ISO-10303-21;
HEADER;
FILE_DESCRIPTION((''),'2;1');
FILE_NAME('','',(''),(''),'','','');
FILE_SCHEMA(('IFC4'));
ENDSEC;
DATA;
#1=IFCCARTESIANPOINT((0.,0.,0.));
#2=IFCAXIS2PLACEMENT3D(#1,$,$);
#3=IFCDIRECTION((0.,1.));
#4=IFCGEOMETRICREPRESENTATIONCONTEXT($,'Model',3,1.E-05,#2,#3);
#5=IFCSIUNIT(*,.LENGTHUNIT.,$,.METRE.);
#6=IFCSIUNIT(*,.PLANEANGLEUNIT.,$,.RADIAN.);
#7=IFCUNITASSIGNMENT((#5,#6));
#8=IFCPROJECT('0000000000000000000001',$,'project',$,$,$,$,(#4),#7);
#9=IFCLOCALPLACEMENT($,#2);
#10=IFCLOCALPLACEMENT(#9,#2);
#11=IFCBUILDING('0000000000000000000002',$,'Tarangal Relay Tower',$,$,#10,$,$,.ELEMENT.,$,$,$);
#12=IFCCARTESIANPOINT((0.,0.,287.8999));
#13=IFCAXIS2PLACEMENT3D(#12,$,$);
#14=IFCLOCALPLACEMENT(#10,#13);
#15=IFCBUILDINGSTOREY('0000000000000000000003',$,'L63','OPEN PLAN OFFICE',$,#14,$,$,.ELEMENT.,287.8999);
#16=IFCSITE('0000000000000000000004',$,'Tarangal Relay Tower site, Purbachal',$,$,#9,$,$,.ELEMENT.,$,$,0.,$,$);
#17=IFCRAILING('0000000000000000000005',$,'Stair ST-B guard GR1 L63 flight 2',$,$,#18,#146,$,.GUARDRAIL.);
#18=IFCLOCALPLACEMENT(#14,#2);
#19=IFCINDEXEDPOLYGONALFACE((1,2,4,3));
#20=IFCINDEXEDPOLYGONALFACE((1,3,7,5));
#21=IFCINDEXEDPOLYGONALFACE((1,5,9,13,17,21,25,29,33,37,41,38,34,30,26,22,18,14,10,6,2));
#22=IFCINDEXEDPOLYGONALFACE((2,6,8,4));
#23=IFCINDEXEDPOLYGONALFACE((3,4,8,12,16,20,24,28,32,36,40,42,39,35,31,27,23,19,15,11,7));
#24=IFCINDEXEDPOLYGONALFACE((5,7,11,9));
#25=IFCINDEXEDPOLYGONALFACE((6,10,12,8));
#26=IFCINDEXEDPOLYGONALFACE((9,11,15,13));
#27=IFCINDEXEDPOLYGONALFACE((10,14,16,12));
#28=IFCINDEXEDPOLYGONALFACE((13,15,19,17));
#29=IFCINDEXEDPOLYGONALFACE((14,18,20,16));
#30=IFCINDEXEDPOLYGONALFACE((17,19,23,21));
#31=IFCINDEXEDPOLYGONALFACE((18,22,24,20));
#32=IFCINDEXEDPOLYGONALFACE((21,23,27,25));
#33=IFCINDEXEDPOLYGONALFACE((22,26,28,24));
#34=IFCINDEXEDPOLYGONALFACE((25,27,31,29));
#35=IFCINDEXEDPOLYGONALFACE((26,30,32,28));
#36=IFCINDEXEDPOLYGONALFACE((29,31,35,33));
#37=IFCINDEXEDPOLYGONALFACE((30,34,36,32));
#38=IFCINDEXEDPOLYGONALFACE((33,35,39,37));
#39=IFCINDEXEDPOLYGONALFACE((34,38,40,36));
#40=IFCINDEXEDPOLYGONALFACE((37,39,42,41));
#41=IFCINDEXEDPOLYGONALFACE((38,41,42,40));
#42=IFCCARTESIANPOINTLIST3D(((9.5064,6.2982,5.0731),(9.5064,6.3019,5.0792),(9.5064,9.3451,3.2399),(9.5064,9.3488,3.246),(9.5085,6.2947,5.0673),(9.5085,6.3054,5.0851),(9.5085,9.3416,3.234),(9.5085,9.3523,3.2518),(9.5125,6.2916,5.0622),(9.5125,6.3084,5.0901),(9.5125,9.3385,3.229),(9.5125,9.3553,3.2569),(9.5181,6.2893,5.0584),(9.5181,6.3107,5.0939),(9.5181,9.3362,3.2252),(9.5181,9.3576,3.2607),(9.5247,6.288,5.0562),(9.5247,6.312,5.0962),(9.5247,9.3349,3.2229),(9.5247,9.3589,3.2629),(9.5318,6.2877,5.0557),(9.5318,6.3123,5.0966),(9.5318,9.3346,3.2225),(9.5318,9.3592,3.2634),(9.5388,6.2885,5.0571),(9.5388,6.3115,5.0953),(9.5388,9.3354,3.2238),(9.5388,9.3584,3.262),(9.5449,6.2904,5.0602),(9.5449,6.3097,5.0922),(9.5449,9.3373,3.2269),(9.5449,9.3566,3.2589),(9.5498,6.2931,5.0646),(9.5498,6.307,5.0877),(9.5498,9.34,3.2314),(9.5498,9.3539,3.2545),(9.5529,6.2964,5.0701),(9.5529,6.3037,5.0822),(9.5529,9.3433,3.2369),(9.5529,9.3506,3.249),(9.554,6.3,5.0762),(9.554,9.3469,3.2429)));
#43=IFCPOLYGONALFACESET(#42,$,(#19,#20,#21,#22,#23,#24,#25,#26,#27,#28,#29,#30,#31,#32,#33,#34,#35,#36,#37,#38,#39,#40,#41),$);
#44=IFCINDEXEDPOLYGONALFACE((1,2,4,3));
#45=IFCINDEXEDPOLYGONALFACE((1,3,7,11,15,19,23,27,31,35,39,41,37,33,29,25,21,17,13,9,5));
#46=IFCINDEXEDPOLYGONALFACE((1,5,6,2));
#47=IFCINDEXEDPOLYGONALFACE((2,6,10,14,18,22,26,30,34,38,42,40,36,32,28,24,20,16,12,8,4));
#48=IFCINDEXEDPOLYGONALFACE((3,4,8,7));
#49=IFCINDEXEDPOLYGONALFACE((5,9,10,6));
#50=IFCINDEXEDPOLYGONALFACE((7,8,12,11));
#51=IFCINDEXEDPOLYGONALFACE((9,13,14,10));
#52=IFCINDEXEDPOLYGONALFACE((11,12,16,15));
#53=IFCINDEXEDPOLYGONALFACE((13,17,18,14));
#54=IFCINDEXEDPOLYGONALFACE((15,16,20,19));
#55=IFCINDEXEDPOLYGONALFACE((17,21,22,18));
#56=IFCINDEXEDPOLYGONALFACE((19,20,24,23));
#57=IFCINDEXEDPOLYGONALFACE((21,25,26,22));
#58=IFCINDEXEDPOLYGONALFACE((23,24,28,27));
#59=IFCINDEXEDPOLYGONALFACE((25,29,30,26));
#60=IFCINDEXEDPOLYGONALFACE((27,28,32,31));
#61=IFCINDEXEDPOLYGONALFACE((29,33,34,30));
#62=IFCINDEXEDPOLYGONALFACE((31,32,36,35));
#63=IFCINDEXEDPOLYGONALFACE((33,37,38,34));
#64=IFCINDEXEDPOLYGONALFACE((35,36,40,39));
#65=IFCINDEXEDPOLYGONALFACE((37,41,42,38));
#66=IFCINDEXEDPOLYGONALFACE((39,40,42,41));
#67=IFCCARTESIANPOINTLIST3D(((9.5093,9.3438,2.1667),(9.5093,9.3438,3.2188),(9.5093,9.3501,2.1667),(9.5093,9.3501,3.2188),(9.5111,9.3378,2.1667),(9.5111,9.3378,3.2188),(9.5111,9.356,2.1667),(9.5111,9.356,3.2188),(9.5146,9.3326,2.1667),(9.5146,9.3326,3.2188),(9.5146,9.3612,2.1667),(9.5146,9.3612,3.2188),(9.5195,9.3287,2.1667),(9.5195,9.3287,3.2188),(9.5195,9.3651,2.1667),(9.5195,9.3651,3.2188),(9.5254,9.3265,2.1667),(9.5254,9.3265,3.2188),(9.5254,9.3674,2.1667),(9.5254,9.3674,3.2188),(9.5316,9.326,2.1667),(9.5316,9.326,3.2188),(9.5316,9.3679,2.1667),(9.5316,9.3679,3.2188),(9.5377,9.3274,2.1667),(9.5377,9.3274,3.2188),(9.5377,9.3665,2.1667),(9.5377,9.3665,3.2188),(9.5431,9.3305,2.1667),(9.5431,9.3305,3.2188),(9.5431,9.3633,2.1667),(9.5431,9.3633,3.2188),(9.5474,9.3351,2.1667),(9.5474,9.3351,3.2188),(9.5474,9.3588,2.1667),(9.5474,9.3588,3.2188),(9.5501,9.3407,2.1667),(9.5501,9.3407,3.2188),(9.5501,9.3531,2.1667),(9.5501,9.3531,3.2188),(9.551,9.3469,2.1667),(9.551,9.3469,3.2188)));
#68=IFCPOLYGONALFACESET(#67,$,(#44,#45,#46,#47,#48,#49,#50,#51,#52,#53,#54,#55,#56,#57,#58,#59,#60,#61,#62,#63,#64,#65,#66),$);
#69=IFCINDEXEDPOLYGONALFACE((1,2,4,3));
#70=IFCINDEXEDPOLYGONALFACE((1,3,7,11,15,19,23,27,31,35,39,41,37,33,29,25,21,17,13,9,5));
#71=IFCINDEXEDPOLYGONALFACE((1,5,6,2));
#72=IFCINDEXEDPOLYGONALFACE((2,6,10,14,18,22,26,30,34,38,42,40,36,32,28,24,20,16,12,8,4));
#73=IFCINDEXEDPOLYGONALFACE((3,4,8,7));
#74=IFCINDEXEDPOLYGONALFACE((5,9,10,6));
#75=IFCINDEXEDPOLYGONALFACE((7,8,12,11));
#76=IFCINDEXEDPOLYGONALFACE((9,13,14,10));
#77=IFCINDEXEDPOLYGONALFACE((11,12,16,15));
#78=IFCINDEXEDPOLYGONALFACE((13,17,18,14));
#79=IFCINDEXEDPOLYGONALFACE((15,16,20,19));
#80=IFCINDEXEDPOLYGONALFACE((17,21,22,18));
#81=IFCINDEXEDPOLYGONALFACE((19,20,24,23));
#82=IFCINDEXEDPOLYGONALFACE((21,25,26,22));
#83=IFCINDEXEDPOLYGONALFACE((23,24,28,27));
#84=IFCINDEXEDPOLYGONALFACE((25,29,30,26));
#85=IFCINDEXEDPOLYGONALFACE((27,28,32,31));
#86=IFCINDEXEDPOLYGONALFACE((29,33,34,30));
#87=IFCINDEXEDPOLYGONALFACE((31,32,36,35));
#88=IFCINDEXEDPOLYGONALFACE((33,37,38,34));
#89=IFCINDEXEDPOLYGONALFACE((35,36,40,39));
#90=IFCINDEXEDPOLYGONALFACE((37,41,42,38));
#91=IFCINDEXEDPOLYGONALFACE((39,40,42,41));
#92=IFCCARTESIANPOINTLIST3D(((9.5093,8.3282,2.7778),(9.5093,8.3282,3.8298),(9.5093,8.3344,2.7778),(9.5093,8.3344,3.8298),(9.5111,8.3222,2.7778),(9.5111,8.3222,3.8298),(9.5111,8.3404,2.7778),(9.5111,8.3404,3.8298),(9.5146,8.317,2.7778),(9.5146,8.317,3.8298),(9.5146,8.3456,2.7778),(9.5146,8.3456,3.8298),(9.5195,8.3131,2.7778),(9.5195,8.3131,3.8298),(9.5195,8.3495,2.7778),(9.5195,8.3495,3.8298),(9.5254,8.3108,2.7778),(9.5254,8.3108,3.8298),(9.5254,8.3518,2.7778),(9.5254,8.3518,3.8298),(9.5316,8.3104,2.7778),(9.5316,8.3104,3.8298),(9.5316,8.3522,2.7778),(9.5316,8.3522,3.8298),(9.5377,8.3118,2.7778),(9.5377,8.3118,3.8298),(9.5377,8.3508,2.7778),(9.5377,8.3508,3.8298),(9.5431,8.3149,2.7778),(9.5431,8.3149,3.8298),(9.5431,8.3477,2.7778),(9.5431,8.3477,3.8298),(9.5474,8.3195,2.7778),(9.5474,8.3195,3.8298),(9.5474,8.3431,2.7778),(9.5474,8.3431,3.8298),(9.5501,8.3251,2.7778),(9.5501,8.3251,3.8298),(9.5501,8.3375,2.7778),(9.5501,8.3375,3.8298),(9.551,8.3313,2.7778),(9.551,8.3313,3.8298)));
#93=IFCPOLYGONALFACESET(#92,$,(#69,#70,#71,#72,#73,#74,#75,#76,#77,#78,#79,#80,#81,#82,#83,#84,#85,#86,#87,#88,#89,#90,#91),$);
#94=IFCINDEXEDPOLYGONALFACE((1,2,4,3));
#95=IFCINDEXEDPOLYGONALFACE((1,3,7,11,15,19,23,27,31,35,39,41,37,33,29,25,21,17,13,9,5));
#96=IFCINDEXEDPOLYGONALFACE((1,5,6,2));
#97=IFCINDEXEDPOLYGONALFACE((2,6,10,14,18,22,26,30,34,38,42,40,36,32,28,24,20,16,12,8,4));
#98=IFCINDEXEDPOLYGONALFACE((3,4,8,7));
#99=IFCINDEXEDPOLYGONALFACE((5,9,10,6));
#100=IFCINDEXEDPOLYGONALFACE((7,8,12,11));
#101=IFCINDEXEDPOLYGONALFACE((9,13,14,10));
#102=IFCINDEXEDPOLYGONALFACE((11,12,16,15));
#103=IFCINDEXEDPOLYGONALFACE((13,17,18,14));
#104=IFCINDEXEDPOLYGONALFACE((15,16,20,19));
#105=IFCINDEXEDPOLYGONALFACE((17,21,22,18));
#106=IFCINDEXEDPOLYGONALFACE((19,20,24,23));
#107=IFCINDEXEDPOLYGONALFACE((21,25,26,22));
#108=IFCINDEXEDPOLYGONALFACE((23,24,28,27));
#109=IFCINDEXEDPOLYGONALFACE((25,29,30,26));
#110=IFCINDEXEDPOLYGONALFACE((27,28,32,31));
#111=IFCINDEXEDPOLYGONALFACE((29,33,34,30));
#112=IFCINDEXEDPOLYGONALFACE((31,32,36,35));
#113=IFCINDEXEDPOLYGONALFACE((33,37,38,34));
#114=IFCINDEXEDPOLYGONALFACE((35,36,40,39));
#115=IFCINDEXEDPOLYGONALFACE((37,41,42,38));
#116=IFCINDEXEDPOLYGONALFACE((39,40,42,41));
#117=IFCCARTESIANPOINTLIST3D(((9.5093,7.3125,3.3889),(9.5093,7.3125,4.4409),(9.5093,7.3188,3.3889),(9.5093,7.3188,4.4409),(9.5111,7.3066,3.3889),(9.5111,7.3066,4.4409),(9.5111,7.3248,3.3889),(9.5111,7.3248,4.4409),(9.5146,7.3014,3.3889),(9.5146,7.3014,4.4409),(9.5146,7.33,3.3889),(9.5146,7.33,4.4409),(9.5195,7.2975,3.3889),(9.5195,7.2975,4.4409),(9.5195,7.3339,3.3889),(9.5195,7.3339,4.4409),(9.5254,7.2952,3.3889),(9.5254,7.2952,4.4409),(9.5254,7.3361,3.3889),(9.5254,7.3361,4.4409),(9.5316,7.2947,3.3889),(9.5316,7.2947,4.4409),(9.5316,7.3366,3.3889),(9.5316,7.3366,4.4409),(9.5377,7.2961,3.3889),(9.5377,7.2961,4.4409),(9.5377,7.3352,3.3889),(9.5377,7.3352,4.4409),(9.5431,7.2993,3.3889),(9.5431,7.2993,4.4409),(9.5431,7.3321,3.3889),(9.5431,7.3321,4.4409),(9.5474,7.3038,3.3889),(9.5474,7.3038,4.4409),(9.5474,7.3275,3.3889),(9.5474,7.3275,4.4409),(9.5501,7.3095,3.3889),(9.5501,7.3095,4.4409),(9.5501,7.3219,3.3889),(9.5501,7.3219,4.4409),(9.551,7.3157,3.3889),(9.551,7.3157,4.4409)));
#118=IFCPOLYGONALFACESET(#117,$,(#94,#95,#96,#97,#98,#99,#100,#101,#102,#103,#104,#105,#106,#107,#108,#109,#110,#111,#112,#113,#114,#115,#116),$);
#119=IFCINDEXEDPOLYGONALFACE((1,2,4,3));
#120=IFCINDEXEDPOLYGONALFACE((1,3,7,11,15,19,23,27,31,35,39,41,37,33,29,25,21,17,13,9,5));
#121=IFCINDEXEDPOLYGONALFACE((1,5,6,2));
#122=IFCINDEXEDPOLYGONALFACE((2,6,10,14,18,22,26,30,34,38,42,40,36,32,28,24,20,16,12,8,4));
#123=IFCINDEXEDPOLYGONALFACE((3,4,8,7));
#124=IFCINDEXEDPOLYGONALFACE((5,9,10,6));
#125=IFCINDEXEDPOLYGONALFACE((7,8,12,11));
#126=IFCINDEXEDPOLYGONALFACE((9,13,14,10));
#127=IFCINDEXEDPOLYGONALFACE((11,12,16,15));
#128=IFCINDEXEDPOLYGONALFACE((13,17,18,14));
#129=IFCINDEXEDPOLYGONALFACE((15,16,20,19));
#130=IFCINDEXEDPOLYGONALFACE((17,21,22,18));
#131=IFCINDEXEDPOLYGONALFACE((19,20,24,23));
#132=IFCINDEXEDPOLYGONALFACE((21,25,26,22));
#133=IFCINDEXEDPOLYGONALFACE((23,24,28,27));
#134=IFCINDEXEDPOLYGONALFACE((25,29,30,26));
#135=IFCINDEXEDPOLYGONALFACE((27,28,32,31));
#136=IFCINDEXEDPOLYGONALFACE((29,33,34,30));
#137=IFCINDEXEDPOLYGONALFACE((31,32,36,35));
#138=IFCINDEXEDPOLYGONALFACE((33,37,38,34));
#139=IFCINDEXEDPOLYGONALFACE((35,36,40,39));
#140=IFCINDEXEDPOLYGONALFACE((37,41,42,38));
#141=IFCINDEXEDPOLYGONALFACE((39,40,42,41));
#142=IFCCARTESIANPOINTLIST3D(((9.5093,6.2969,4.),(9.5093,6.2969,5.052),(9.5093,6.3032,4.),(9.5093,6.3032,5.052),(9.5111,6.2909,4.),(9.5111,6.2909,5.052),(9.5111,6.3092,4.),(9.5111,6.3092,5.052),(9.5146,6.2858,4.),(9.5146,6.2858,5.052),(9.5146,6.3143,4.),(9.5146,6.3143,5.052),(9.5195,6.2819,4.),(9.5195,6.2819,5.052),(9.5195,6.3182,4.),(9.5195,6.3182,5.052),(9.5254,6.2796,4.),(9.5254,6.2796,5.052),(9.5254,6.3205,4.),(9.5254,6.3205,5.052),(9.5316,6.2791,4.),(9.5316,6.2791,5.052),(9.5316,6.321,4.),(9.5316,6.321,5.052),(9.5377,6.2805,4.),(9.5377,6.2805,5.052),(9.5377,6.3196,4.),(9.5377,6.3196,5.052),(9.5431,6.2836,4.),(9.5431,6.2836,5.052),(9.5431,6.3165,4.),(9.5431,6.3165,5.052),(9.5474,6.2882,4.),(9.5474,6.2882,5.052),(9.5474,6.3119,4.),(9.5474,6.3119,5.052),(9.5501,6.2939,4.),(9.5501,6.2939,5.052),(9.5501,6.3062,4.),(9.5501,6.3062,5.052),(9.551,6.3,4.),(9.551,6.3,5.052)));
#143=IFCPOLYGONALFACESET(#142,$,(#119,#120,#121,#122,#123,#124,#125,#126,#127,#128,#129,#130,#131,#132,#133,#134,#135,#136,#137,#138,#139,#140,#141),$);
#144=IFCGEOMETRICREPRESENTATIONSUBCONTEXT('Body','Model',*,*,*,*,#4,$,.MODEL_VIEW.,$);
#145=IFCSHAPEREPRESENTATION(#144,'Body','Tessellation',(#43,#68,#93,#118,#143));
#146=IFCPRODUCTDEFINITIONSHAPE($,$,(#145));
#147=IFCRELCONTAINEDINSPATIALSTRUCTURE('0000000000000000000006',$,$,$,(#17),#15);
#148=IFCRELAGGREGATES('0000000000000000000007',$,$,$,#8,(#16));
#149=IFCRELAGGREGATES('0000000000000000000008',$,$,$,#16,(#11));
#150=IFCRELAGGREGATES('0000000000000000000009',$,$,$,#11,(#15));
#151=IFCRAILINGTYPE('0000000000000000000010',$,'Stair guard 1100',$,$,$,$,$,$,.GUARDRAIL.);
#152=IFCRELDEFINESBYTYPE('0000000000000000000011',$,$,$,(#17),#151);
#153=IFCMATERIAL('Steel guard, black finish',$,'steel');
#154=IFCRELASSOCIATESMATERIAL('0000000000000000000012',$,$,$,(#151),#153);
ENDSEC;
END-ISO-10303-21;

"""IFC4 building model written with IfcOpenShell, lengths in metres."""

from ifc_helpers import new_model, si_unit, direction, frame, origin, origin_2d, place, context, subcontext, project, spatial, circle, extrude, material, type_object, element, save


model = new_model("IFC4")

# Units and contexts
model_context = context("Model", 3, precision=1e-05, world=origin(), true_north=direction((0.0, 1.0)))
body_context = subcontext(model_context, "Body", "Model", "MODEL_VIEW")
ifc_project = project(units=[si_unit("LENGTHUNIT", "METRE"), si_unit("PLANEANGLEUNIT", "RADIAN")], contexts=[model_context])

# Site, building, storey
site_placement = place(None, origin())
site = spatial("IfcSite", under=ifc_project, at=site_placement, Name="Tarangal Relay Tower site, Purbachal", CompositionType="ELEMENT", RefElevation=0.0)
building_placement = place(site_placement, origin())
building = spatial("IfcBuilding", under=site, at=building_placement, Name="Tarangal Relay Tower", CompositionType="ELEMENT")
storey_placement = place(building_placement, frame((0.0, 0.0, 287.8999)))
storey = spatial("IfcBuildingStorey", under=building, at=storey_placement, Name="L63", Description="OPEN PLAN OFFICE", CompositionType="ELEMENT", Elevation=287.8999)

# Railing
ifc_material_1 = material(Name="Steel guard, black finish", Category="steel")
railing_type_1 = type_object("IfcRailingType", Name="Stair guard 1100", PredefinedType="GUARDRAIL", material=ifc_material_1)
railing_1_placement = place(storey_placement, frame((9.53, 9.3469, 2.1667)))
element("IfcRailing", 1, at=railing_1_placement, inside=storey, type_object=railing_type_1, Name="Stair ST-B guard GR1 L63 flight 2", PredefinedType="GUARDRAIL", context=body_context, shape_type="SweptSolid", body=[
    extrude(circle(Radius=0.0239, at=origin_2d()), frame((0.0, 0.0, 1.0762), z_axis=(0.0, -0.856856, 0.515556), x_axis=(1.0, 0.0, 0.0)), (0.0, 0.0, 1.0), 3.5559),
    extrude(circle(Radius=0.021, at=origin_2d()), origin(), (0.0, 0.0, 1.0), 1.052),
    extrude(circle(Radius=0.021, at=origin_2d()), frame((0.0, -1.0156, 0.6111)), (0.0, 0.0, 1.0), 1.052),
    extrude(circle(Radius=0.021, at=origin_2d()), frame((0.0, -2.0312, 1.2222)), (0.0, 0.0, 1.0), 1.052),
    extrude(circle(Radius=0.021, at=origin_2d()), frame((0.0, -3.0469, 1.8333)), (0.0, 0.0, 1.0), 1.052),
])

save(model, "model.ifc")
